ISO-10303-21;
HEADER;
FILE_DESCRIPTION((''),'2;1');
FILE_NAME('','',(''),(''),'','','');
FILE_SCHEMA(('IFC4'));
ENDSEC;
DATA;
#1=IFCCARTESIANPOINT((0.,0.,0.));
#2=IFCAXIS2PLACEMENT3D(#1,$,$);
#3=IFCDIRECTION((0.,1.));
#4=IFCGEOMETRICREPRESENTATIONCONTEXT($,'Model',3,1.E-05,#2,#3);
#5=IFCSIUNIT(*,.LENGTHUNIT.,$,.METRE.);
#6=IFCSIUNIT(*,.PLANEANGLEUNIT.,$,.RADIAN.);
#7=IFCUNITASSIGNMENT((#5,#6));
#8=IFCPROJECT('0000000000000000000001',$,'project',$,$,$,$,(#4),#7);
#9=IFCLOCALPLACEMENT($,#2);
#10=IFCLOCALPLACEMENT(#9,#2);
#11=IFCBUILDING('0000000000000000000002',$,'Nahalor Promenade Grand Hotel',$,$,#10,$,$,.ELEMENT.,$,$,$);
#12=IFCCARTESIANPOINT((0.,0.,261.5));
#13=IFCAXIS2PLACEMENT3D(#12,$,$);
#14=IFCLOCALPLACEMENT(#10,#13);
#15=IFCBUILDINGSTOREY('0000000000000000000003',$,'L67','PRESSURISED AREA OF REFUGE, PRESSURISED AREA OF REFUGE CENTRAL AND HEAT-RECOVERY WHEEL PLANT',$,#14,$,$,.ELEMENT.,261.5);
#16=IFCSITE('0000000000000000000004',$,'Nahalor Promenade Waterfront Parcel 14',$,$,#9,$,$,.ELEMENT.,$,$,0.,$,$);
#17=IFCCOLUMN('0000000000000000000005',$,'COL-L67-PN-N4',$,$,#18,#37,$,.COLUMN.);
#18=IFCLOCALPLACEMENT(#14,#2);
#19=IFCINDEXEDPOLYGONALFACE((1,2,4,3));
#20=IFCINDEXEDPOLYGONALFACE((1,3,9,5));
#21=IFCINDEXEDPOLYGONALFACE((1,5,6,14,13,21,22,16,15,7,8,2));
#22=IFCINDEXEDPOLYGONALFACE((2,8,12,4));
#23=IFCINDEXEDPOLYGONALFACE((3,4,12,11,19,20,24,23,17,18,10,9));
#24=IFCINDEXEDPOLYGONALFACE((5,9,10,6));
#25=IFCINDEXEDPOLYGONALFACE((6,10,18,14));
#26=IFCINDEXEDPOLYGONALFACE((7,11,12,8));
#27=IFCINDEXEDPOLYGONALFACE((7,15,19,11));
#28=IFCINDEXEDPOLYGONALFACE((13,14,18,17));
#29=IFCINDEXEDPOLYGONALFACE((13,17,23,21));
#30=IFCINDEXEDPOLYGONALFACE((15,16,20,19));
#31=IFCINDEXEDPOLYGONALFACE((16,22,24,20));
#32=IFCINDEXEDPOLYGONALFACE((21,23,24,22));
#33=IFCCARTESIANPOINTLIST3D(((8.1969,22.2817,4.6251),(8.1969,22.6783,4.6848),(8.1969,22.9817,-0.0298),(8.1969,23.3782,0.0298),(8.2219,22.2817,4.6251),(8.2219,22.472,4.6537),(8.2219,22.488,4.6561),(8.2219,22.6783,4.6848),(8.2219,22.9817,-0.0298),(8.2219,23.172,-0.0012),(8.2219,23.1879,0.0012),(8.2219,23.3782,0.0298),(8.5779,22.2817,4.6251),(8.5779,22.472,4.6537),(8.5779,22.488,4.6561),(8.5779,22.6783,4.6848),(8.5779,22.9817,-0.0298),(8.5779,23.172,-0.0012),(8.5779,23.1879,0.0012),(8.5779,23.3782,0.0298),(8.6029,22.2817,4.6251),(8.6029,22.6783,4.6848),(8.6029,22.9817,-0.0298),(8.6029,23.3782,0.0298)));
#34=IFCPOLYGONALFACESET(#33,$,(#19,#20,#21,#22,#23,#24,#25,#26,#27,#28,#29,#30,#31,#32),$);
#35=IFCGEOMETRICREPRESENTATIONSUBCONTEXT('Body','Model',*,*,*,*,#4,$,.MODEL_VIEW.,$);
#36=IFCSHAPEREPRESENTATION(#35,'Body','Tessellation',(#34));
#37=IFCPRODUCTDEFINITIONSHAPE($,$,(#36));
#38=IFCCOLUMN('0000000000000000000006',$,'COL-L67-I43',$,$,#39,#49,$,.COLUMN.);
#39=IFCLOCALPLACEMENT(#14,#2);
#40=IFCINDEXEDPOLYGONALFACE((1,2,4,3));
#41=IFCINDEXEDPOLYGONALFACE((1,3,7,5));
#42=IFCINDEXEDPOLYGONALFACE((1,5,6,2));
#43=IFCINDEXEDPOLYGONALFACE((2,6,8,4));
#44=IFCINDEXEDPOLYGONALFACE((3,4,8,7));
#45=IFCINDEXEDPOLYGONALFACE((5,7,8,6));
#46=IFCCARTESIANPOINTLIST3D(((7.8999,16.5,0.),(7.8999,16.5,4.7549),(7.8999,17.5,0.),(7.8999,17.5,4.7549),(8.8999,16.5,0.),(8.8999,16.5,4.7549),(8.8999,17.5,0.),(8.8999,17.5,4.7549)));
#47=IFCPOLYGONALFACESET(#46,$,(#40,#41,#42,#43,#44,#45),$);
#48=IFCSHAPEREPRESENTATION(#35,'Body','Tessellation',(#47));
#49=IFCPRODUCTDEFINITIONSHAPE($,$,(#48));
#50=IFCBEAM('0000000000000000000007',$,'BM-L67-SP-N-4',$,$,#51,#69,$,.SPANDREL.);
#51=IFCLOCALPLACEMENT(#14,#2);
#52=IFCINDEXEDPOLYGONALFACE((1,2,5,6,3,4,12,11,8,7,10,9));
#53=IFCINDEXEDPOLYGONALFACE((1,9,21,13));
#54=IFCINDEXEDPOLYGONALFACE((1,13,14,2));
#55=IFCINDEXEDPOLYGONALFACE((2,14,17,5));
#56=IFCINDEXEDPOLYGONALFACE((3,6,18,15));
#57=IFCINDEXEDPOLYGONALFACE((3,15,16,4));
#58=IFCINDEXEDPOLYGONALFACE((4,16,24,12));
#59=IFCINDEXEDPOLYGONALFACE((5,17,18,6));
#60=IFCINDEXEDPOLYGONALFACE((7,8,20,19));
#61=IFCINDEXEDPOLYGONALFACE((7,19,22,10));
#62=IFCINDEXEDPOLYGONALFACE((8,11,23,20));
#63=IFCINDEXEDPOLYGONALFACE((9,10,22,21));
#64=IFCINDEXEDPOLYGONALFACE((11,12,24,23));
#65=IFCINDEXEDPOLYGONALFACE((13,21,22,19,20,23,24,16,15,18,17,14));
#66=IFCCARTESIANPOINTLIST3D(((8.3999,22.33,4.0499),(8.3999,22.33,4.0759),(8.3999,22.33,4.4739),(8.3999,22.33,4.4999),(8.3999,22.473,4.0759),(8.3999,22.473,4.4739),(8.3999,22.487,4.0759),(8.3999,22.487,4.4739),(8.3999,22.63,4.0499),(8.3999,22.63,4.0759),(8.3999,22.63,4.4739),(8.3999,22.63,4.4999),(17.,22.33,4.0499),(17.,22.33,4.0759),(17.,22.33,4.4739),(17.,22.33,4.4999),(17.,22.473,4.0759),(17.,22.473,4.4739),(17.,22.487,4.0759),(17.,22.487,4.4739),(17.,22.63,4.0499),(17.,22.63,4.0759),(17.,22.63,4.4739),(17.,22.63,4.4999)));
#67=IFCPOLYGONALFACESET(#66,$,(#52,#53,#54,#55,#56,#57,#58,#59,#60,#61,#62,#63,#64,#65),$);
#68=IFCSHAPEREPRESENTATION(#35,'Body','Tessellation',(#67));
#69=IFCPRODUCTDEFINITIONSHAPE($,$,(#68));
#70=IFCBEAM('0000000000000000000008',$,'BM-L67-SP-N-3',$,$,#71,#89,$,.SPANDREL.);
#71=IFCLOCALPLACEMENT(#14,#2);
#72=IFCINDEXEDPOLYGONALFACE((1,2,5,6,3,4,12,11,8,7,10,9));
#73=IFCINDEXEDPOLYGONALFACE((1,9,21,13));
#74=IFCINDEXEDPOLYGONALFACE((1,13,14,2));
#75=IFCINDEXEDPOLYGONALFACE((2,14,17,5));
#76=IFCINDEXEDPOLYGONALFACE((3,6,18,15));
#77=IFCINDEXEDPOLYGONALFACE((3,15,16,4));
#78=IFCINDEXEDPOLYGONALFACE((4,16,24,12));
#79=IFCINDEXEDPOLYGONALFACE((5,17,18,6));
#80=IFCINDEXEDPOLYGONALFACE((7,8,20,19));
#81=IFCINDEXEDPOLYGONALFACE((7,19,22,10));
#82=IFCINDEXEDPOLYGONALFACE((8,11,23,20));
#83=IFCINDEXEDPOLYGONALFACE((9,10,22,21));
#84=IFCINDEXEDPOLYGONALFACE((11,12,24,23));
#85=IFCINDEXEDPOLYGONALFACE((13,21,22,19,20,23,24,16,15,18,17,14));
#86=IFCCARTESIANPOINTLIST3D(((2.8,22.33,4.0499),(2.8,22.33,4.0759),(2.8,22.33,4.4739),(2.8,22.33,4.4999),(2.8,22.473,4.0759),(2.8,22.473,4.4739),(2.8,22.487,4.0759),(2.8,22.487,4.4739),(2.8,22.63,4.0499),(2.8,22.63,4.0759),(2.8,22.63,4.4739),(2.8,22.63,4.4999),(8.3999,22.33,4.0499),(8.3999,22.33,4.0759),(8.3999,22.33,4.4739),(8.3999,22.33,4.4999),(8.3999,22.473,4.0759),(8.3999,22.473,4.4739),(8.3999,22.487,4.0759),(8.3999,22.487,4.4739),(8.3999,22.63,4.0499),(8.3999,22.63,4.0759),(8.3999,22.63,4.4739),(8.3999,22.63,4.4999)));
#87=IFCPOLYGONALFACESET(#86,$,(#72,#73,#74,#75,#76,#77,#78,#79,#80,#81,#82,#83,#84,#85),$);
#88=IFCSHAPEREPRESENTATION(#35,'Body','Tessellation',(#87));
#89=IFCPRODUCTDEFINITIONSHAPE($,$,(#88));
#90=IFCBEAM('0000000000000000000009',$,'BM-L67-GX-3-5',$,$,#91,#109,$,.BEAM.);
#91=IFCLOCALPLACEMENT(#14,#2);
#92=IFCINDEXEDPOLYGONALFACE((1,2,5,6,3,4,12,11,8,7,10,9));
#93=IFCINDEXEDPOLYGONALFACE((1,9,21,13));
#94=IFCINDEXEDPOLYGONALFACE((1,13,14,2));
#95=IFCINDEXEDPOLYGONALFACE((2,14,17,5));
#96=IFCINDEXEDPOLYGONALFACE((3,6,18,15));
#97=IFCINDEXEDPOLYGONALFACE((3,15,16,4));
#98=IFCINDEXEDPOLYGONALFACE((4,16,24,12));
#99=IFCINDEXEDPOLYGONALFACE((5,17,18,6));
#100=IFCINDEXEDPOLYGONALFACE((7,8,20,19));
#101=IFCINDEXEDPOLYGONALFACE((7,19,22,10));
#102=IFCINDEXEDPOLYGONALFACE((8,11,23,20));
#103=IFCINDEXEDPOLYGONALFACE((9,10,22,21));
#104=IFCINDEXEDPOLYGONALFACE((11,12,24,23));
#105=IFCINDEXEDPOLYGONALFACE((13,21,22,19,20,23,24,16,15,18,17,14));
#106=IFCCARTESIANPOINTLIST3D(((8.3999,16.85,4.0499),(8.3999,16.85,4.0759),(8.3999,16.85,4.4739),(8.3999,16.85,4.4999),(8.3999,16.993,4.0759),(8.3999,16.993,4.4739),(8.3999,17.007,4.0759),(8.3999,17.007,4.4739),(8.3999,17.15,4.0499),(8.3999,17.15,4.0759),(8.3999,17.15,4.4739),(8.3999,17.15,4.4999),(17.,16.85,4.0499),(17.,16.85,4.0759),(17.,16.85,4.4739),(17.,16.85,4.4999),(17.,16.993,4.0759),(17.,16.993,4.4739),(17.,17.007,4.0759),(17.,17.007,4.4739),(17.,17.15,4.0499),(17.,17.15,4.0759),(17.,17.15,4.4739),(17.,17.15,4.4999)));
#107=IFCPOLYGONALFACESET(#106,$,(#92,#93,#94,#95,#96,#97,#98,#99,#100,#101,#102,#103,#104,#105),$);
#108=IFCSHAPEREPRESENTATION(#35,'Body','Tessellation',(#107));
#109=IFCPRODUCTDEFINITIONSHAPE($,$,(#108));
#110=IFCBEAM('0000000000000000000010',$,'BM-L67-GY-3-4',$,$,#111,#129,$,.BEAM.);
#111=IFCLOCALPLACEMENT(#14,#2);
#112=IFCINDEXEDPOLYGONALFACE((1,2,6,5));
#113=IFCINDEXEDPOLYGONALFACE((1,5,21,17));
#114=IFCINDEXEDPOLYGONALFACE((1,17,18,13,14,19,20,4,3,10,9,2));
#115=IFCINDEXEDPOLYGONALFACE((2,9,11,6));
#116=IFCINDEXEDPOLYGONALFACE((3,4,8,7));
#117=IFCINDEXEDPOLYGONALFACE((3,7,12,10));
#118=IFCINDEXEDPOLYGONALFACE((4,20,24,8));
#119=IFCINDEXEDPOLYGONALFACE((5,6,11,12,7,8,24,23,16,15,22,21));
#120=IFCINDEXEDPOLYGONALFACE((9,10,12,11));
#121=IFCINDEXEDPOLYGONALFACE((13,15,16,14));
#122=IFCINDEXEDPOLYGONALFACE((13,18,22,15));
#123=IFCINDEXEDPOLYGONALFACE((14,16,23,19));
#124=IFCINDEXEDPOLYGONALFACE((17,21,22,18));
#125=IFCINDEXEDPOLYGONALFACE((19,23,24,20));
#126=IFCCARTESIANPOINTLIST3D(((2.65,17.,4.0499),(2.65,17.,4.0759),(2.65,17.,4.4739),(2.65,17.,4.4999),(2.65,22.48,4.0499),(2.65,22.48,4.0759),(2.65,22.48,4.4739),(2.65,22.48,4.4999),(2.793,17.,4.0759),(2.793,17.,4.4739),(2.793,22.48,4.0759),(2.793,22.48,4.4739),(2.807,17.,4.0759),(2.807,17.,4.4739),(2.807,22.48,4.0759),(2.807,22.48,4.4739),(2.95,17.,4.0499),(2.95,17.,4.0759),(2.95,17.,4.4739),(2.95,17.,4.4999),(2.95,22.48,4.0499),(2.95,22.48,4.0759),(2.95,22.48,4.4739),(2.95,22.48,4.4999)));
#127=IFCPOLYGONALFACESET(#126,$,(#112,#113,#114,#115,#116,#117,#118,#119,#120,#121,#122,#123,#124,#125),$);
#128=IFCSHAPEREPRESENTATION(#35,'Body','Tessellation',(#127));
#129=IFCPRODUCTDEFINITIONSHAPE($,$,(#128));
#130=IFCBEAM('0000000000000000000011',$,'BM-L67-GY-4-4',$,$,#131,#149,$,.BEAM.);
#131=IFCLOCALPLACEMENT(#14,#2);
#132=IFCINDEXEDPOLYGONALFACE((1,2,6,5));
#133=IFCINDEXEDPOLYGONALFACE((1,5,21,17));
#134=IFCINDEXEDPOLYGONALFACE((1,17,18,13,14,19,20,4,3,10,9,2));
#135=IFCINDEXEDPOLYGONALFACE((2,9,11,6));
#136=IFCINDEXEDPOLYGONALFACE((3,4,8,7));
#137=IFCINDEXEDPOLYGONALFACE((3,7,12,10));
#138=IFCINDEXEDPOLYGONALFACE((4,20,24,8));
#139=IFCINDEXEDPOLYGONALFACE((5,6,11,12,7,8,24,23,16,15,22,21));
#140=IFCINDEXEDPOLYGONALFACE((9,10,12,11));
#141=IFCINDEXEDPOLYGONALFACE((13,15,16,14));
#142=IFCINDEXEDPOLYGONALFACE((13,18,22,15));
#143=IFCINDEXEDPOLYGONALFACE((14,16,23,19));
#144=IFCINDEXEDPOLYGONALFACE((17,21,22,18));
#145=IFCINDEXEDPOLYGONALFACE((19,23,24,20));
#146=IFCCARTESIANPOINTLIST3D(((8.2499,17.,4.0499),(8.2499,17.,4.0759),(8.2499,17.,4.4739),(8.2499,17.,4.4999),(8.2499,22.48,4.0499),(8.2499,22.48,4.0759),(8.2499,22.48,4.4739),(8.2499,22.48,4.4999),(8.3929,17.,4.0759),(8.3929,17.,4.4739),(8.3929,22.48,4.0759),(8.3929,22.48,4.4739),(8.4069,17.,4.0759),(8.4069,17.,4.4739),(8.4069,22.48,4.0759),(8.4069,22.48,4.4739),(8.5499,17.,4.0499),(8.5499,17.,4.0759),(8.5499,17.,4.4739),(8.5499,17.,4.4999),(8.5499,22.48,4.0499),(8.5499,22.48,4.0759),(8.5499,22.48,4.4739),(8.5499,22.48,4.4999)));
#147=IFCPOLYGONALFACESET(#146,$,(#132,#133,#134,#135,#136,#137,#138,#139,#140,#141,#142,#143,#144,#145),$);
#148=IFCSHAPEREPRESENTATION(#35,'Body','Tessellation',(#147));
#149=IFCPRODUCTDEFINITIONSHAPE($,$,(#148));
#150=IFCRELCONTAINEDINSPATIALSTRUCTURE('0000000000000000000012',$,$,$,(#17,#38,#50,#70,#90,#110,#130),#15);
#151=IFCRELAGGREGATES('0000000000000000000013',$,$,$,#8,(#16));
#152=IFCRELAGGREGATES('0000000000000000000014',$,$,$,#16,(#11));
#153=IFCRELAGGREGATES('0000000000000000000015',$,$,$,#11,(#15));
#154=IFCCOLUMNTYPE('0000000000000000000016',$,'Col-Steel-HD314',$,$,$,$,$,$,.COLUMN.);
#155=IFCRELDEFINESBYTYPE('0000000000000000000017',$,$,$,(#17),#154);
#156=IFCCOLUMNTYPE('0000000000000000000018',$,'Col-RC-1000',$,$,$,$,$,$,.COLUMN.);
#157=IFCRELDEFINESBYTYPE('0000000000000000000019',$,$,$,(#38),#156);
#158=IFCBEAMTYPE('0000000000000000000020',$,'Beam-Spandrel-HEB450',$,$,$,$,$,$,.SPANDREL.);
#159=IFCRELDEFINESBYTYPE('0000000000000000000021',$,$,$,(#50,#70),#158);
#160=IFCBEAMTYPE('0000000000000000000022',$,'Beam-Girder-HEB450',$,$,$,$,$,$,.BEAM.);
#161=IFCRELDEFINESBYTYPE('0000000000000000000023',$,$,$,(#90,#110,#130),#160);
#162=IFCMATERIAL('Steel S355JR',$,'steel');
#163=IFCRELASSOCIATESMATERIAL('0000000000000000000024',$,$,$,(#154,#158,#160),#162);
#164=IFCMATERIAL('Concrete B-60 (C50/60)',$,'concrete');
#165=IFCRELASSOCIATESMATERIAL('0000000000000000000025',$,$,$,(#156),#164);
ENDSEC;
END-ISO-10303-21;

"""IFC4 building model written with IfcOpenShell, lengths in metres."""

from ifc_helpers import new_model, si_unit, direction, frame, origin, origin_2d, place, context, subcontext, project, spatial, rectangle, i_section, extrude, source, transform, mapped, material, material_profile, profile_set, type_object, element, save


model = new_model("IFC4")

# Units and contexts
model_context = context("Model", 3, precision=1e-05, world=origin(), true_north=direction((0.0, 1.0)))
body_context = subcontext(model_context, "Body", "Model", "MODEL_VIEW")
ifc_project = project(units=[si_unit("LENGTHUNIT", "METRE"), si_unit("PLANEANGLEUNIT", "RADIAN")], contexts=[model_context])

# Site, building, storey
site_placement = place(None, origin())
site = spatial("IfcSite", under=ifc_project, at=site_placement, Name="Nahalor Promenade Waterfront Parcel 14", CompositionType="ELEMENT", RefElevation=0.0)
building_placement = place(site_placement, origin())
building = spatial("IfcBuilding", under=site, at=building_placement, Name="Nahalor Promenade Grand Hotel", CompositionType="ELEMENT")
storey_placement = place(building_placement, frame((0.0, 0.0, 261.5)))
storey = spatial("IfcBuildingStorey", under=building, at=storey_placement, Name="L67", Description="PRESSURISED AREA OF REFUGE, PRESSURISED AREA OF REFUGE CENTRAL AND HEAT-RECOVERY WHEEL PLANT", CompositionType="ELEMENT", Elevation=261.5)

# Columns
ifc_material_1 = material(Name="Steel S355JR", Category="steel")
ifc_material_profile_1 = material_profile(ifc_material_1, i_section(OverallWidth=0.401, OverallDepth=0.406, WebThickness=0.0161, FlangeThickness=0.025, at=origin_2d()), Name="HD 400x314")
ifc_profile_set_1 = profile_set([ifc_material_profile_1], Name="Steel S355JR")
column_type_1 = type_object("IfcColumnType", Name="Col-Steel-HD314", PredefinedType="COLUMN", material=ifc_profile_set_1)
shared_shape_1 = source(origin(), body_context, "Body", "SweptSolid", [
    extrude(i_section(OverallWidth=0.401, OverallDepth=0.406, WebThickness=0.0161, FlangeThickness=0.025, at=origin_2d()), origin(), (0.0, 0.0, 1.0), 4.7073),
])
column_1_placement = place(storey_placement, frame((8.3999, 23.1799, 0.0), z_axis=(0.0, -0.148693, 0.988883), x_axis=(0.0, 0.988883, 0.148693)))
element("IfcColumn", 1, at=column_1_placement, inside=storey, type_object=column_type_1, Name="COL-L67-PN-N4", PredefinedType="COLUMN", context=body_context, shape_type="MappedRepresentation", body=[
    mapped(shared_shape_1, transform((0.0, 0.0, 0.0), scale=1.0)),
])
ifc_material_2 = material(Name="Concrete B-60 (C50/60)", Category="concrete")
ifc_material_profile_2 = material_profile(ifc_material_2, rectangle(XDim=1.0, YDim=1.0, at=origin_2d()), Name="RC 1000x1000")
ifc_profile_set_2 = profile_set([ifc_material_profile_2], Name="Concrete B-60 (C50/60)")
column_type_2 = type_object("IfcColumnType", Name="Col-RC-1000", PredefinedType="COLUMN", material=ifc_profile_set_2)
shared_shape_2 = source(origin(), body_context, "Body", "SweptSolid", [
    extrude(rectangle(XDim=1.0, YDim=1.0, at=origin_2d()), origin(), (0.0, 0.0, 1.0), 4.7549),
])
column_2_placement = place(storey_placement, frame((8.3999, 17.0, 0.0), z_axis=(0.0, 0.0, 1.0), x_axis=(1.0, 0.0, 0.0)))
element("IfcColumn", 2, at=column_2_placement, inside=storey, type_object=column_type_2, Name="COL-L67-I43", PredefinedType="COLUMN", context=body_context, shape_type="MappedRepresentation", body=[
    mapped(shared_shape_2, transform((0.0, 0.0, 0.0), scale=1.0)),
])

# Beams
ifc_material_profile_3 = material_profile(ifc_material_1, i_section(OverallWidth=0.3, OverallDepth=0.45, WebThickness=0.014, FlangeThickness=0.026, at=origin_2d()), Name="HEB 450")
ifc_profile_set_3 = profile_set([ifc_material_profile_3], Name="Steel S355JR")
beam_type_1 = type_object("IfcBeamType", Name="Beam-Spandrel-HEB450", PredefinedType="SPANDREL", material=ifc_profile_set_3)
shared_shape_3 = source(origin(), body_context, "Body", "SweptSolid", [
    extrude(i_section(OverallWidth=0.3, OverallDepth=0.45, WebThickness=0.014, FlangeThickness=0.026, at=origin_2d()), origin(), (0.0, 0.0, 1.0), 8.6001),
])
beam_1_placement = place(storey_placement, frame((8.3999, 22.48, 4.2749), z_axis=(1.0, 0.0, 0.0), x_axis=(0.0, 1.0, 0.0)))
element("IfcBeam", 3, at=beam_1_placement, inside=storey, type_object=beam_type_1, Name="BM-L67-SP-N-4", PredefinedType="SPANDREL", context=body_context, shape_type="MappedRepresentation", body=[
    mapped(shared_shape_3, transform((0.0, 0.0, 0.0), scale=1.0)),
])
shared_shape_4 = source(origin(), body_context, "Body", "SweptSolid", [
    extrude(i_section(OverallWidth=0.3, OverallDepth=0.45, WebThickness=0.014, FlangeThickness=0.026, at=origin_2d()), origin(), (0.0, 0.0, 1.0), 5.5999),
])
beam_2_placement = place(storey_placement, frame((2.8, 22.48, 4.2749), z_axis=(1.0, 0.0, 0.0), x_axis=(0.0, 1.0, 0.0)))
element("IfcBeam", 4, at=beam_2_placement, inside=storey, type_object=beam_type_1, Name="BM-L67-SP-N-3", PredefinedType="SPANDREL", context=body_context, shape_type="MappedRepresentation", body=[
    mapped(shared_shape_4, transform((0.0, 0.0, 0.0), scale=1.0)),
])
ifc_material_profile_4 = material_profile(ifc_material_1, i_section(OverallWidth=0.3, OverallDepth=0.45, WebThickness=0.014, FlangeThickness=0.026, at=origin_2d()), Name="HEB 450")
ifc_profile_set_4 = profile_set([ifc_material_profile_4], Name="Steel S355JR")
beam_type_2 = type_object("IfcBeamType", Name="Beam-Girder-HEB450", PredefinedType="BEAM", material=ifc_profile_set_4)
shared_shape_5 = source(origin(), body_context, "Body", "SweptSolid", [
    extrude(i_section(OverallWidth=0.3, OverallDepth=0.45, WebThickness=0.014, FlangeThickness=0.026, at=origin_2d()), origin(), (0.0, 0.0, 1.0), 8.6001),
])
beam_3_placement = place(storey_placement, frame((8.3999, 17.0, 4.2749), z_axis=(1.0, 0.0, 0.0), x_axis=(0.0, 1.0, 0.0)))
element("IfcBeam", 5, at=beam_3_placement, inside=storey, type_object=beam_type_2, Name="BM-L67-GX-3-5", PredefinedType="BEAM", context=body_context, shape_type="MappedRepresentation", body=[
    mapped(shared_shape_5, transform((0.0, 0.0, 0.0), scale=1.0)),
])
shared_shape_6 = source(origin(), body_context, "Body", "SweptSolid", [
    extrude(i_section(OverallWidth=0.3, OverallDepth=0.45, WebThickness=0.014, FlangeThickness=0.026, at=origin_2d()), origin(), (0.0, 0.0, 1.0), 5.48),
])
for number, where, z_axis, x_axis, name in (
    (6, (2.8, 17.0, 4.2749), (0.0, 1.0, 0.0), (-1.0, 0.0, 0.0), "BM-L67-GY-3-4"),
    (7, (8.3999, 17.0, 4.2749), (0.0, 1.0, 0.0), (-1.0, 0.0, 0.0), "BM-L67-GY-4-4"),
):
    element("IfcBeam", number, at=place(storey_placement, frame(where, z_axis=z_axis, x_axis=x_axis)), inside=storey, type_object=beam_type_2, Name=name, PredefinedType="BEAM", context=body_context, shape_type="MappedRepresentation", body=[
        mapped(shared_shape_6, transform((0.0, 0.0, 0.0), scale=1.0)),
    ])

save(model, "model.ifc")
